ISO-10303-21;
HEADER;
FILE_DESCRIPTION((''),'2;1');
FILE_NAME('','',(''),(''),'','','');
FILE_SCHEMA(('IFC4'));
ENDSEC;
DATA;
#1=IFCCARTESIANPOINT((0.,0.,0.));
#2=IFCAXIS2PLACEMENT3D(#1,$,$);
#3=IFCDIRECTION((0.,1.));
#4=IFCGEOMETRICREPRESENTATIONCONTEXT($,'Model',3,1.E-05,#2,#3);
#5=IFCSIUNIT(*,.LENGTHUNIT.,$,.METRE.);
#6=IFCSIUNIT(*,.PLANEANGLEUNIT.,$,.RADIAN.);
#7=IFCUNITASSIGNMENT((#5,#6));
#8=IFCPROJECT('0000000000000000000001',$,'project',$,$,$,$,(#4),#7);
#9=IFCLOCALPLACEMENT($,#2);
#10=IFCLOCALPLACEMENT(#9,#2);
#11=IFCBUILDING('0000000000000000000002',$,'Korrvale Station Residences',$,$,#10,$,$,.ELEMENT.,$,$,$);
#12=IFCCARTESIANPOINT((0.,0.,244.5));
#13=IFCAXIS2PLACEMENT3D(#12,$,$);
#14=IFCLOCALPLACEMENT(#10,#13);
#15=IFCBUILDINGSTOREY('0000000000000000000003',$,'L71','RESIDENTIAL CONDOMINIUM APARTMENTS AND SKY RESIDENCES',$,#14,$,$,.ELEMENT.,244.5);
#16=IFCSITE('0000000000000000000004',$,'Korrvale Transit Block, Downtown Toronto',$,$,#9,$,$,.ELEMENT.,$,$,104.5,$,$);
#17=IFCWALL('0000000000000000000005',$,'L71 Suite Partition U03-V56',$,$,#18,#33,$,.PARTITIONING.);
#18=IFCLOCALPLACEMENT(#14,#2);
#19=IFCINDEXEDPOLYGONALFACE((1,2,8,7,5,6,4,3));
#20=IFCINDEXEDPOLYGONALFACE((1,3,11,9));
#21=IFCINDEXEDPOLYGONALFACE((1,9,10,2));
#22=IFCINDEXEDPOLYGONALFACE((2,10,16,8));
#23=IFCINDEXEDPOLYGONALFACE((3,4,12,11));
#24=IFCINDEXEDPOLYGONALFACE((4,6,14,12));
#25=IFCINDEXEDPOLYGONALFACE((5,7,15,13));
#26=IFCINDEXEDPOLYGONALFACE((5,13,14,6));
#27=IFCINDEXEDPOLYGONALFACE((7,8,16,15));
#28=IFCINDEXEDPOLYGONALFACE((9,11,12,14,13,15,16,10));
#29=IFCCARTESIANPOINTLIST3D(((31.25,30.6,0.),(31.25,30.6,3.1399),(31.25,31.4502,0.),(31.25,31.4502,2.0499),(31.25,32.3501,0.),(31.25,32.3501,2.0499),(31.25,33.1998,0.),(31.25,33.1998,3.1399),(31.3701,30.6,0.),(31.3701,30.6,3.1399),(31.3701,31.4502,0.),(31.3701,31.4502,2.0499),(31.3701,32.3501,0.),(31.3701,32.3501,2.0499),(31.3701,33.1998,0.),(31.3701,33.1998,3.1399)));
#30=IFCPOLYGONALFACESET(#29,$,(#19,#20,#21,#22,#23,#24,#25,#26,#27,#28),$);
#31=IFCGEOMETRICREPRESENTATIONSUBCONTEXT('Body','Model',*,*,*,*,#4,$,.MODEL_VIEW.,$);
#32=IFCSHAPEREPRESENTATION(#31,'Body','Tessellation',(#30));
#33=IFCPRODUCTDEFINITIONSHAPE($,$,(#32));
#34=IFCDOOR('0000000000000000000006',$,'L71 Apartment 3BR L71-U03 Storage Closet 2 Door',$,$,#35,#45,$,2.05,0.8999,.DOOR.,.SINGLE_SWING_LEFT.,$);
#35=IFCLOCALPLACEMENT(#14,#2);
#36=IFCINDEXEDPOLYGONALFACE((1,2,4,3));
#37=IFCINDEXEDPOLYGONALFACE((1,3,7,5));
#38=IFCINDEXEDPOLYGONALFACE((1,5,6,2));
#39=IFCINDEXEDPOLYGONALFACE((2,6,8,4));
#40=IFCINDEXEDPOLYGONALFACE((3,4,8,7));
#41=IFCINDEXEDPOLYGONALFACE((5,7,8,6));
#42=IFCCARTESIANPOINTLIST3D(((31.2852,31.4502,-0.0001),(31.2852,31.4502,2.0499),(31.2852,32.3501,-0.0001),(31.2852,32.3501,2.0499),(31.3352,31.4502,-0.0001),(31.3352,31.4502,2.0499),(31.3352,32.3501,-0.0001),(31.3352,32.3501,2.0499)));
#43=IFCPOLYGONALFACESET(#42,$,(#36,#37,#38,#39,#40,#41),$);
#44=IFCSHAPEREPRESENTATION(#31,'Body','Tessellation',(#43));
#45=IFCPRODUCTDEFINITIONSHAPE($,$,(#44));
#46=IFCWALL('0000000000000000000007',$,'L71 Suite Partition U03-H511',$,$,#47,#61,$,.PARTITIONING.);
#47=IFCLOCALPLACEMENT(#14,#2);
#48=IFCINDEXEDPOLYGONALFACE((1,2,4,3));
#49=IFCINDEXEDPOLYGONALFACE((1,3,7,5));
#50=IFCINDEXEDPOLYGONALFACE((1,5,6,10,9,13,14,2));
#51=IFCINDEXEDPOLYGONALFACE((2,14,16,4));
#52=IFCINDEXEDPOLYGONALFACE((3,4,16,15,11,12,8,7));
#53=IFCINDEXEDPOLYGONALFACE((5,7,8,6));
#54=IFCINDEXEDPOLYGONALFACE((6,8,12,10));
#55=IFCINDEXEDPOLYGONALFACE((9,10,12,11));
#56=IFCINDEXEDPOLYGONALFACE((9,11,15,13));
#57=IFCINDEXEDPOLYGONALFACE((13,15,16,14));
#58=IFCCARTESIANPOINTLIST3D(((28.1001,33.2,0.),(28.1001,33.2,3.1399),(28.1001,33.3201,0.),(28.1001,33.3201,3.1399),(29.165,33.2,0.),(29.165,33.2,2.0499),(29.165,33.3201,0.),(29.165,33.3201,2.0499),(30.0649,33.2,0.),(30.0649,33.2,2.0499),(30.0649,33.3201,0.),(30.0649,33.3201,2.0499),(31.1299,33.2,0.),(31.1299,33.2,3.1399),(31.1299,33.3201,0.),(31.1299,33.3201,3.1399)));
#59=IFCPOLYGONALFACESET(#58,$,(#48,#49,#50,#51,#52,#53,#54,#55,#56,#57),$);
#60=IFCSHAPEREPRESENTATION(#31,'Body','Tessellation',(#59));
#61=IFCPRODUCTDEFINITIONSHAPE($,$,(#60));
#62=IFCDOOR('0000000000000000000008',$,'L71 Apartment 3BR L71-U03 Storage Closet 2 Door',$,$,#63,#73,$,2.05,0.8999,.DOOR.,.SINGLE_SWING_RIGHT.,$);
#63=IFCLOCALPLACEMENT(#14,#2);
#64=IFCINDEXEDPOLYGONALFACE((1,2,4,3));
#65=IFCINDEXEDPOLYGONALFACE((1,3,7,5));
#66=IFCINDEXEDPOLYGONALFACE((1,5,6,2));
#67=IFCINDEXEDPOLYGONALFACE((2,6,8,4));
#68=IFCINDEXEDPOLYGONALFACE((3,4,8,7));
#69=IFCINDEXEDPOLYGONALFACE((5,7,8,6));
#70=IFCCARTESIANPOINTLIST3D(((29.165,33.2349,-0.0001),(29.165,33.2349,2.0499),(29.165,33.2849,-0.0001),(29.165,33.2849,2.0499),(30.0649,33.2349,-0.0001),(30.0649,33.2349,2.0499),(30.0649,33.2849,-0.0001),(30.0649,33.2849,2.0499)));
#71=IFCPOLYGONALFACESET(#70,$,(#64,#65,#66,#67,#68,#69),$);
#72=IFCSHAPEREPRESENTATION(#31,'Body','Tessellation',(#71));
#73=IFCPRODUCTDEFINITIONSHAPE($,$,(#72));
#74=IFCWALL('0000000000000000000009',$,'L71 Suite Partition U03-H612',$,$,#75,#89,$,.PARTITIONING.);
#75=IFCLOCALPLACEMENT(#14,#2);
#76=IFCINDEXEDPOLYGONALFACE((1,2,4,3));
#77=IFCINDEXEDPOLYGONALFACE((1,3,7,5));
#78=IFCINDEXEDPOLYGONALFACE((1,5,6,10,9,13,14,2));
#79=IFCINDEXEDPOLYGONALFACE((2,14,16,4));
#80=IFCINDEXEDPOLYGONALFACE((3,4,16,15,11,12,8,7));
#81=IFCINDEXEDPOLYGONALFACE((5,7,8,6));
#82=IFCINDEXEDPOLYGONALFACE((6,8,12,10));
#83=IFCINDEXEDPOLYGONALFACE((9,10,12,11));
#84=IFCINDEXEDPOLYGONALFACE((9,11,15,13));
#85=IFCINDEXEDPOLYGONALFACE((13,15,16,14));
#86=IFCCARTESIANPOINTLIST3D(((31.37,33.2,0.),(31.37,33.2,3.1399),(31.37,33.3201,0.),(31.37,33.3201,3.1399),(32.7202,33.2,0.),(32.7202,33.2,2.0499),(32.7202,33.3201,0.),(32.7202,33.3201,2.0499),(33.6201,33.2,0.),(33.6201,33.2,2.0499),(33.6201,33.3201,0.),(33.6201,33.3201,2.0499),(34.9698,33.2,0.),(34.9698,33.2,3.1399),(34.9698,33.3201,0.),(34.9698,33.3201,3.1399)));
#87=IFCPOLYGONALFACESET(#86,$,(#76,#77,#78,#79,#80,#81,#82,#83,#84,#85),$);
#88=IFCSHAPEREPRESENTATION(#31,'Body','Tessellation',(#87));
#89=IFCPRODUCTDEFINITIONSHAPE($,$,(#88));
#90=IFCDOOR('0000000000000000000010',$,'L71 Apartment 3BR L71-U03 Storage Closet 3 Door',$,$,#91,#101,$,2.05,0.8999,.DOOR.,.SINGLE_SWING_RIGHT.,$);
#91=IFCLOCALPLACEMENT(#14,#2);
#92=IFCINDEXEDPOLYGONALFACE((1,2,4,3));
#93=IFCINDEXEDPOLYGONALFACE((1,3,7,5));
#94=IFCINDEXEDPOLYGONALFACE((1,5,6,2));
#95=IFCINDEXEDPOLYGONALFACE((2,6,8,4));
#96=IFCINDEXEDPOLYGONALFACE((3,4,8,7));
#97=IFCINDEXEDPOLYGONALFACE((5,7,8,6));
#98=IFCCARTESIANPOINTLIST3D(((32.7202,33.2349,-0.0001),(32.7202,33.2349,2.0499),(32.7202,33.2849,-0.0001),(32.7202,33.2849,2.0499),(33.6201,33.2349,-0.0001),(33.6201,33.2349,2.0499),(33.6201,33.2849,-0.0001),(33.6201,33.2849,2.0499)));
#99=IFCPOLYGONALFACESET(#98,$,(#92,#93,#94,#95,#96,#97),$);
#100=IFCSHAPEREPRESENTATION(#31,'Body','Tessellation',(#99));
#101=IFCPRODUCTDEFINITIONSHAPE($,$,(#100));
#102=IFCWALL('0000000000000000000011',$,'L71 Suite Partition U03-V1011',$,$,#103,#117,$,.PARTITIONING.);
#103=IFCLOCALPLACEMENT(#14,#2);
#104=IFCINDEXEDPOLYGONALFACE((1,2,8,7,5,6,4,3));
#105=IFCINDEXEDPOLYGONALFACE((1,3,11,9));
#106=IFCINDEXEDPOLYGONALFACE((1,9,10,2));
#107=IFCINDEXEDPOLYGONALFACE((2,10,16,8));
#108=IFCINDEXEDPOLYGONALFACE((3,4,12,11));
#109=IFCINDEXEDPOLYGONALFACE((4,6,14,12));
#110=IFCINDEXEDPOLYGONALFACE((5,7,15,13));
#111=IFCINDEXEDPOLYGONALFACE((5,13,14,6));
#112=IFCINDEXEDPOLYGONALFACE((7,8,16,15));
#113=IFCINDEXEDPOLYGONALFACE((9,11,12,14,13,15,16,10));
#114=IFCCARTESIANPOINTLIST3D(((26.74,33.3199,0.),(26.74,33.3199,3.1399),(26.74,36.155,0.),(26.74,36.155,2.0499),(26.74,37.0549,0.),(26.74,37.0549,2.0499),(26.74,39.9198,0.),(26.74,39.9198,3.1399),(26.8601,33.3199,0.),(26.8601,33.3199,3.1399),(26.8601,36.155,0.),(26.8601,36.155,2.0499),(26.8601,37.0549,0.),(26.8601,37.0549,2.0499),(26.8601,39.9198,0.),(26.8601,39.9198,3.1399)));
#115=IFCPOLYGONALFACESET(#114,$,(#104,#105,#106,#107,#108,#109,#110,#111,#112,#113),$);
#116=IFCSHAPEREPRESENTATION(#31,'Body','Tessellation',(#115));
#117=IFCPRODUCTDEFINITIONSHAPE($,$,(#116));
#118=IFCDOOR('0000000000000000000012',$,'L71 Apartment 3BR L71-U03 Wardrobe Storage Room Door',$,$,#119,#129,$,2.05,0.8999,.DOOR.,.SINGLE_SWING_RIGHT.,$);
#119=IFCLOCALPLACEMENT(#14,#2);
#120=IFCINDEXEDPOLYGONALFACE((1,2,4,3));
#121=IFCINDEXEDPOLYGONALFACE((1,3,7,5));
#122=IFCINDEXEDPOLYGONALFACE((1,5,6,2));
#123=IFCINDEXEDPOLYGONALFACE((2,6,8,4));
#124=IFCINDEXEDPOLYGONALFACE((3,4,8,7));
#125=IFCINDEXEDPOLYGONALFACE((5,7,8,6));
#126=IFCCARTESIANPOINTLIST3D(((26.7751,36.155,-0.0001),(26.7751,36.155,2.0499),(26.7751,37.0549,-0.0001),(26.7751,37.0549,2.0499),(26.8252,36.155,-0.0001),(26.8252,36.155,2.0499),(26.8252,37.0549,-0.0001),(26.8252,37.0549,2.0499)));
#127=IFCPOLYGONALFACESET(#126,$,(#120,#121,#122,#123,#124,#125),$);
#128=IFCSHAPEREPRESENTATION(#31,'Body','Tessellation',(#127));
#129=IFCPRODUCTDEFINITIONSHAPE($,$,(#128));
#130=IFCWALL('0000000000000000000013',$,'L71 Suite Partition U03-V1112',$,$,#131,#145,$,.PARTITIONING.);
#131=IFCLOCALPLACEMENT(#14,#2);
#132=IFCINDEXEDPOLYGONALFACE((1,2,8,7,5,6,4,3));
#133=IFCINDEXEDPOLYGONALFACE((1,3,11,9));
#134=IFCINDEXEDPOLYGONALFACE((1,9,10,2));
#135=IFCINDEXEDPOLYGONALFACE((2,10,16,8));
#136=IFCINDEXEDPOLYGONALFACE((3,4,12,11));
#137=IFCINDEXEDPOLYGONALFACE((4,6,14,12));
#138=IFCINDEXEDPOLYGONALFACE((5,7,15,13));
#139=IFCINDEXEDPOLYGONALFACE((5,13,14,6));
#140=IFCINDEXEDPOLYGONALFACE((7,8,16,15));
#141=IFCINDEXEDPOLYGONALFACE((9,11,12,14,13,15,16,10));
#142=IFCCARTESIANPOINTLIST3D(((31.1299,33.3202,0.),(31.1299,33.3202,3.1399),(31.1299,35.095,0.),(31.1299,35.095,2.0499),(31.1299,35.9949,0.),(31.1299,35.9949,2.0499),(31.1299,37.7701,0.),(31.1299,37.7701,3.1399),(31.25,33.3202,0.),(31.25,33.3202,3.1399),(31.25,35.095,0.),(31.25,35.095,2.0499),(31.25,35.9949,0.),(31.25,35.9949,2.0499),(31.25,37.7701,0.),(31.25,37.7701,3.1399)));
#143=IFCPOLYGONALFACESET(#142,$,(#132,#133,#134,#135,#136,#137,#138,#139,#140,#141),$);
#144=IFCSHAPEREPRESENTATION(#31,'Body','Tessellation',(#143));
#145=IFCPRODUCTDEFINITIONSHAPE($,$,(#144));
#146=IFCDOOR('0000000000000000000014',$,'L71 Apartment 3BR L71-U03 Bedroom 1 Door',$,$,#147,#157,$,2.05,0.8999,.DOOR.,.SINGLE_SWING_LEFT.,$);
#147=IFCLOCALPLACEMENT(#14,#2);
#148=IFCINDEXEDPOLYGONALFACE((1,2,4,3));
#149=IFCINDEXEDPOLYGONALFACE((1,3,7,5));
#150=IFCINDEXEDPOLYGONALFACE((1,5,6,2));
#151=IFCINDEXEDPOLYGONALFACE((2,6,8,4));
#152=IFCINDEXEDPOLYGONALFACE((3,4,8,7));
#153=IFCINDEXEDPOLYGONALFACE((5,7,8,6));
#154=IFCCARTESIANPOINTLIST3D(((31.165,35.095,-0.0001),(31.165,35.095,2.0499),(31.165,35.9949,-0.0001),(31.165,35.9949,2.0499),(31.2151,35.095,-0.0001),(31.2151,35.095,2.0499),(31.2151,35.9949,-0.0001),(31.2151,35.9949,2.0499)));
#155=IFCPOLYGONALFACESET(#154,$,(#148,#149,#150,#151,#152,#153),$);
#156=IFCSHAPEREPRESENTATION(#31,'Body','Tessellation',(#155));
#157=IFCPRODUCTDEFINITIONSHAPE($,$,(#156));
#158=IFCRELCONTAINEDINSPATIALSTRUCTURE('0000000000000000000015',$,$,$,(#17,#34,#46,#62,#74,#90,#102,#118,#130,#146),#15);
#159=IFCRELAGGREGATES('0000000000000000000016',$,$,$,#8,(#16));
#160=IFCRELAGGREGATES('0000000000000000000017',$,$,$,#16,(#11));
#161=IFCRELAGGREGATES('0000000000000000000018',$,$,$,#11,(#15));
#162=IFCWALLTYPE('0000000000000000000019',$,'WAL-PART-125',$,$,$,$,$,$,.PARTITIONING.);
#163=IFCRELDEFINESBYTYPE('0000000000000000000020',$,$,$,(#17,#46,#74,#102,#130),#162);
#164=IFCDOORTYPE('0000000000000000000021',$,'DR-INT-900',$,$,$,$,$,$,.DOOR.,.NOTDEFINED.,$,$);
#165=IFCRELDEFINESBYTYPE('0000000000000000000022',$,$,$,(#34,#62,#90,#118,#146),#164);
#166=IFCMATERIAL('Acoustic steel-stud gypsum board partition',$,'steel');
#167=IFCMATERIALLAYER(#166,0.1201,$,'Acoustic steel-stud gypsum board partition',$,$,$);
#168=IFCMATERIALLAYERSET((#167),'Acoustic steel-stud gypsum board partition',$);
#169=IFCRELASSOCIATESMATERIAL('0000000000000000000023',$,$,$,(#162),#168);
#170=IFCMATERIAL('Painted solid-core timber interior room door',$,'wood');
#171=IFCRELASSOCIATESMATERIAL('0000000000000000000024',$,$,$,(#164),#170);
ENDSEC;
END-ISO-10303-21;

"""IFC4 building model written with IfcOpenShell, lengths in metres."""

from ifc_helpers import new_model, si_unit, direction, frame, frame_2d, origin, place, context, subcontext, project, spatial, rectangle, extrude, material, layer, layer_set, type_object, element, fill, save


model = new_model("IFC4")

# Units and contexts
model_context = context("Model", 3, precision=1e-05, world=origin(), true_north=direction((0.0, 1.0)))
body_context = subcontext(model_context, "Body", "Model", "MODEL_VIEW")
ifc_project = project(units=[si_unit("LENGTHUNIT", "METRE"), si_unit("PLANEANGLEUNIT", "RADIAN")], contexts=[model_context])

# Site, building, storey
site_placement = place(None, origin())
site = spatial("IfcSite", under=ifc_project, at=site_placement, Name="Korrvale Transit Block, Downtown Toronto", CompositionType="ELEMENT", RefElevation=104.5)
building_placement = place(site_placement, origin())
building = spatial("IfcBuilding", under=site, at=building_placement, Name="Korrvale Station Residences", CompositionType="ELEMENT")
storey_placement = place(building_placement, frame((0.0, 0.0, 244.5)))
storey = spatial("IfcBuildingStorey", under=building, at=storey_placement, Name="L71", Description="RESIDENTIAL CONDOMINIUM APARTMENTS AND SKY RESIDENCES", CompositionType="ELEMENT", Elevation=244.5)

# Walls, openings, doors
ifc_material_1 = material(Name="Acoustic steel-stud gypsum board partition", Category="steel")
ifc_layer_1 = layer(ifc_material_1, 0.1201, Name="Acoustic steel-stud gypsum board partition")
ifc_layer_set_1 = layer_set([ifc_layer_1], Name="Acoustic steel-stud gypsum board partition")
wall_type_1 = type_object("IfcWallType", Name="WAL-PART-125", PredefinedType="PARTITIONING", material=ifc_layer_set_1)
ifc_material_2 = material(Name="Painted solid-core timber interior room door", Category="wood")
door_type_1 = type_object("IfcDoorType", Name="DR-INT-900", OperationType="NOTDEFINED", PredefinedType="DOOR", material=ifc_material_2)
wall_1_placement = place(storey_placement, frame((31.3101, 30.6001, 0.0), z_axis=(0.0, 0.0, 1.0), x_axis=(0.0, 1.0, 0.0)))
wall_1 = element("IfcWall", 1, at=wall_1_placement, inside=storey, type_object=wall_type_1, Name="L71 Suite Partition U03-V56", PredefinedType="PARTITIONING", context=body_context, shape_type="SweptSolid", body=[
    extrude(rectangle(XDim=2.5999, YDim=0.1201, at=frame_2d((1.2998, 0.0))), origin(), (0.0, 0.0, 1.0), 3.1399),
])
opening_1_placement = place(wall_1_placement, frame((0.8501, 0.0, 0.0)))
opening_1 = element("IfcOpeningElement", 2, at=opening_1_placement, cuts=wall_1, PredefinedType="OPENING", context=body_context, shape_type="SweptSolid", body=[
    extrude(rectangle(XDim=0.8999, YDim=2.05, at=frame_2d((0.45, 1.0249))), frame((0.0, 0.0701, 0.0), z_axis=(0.0, -1.0, 0.0), x_axis=(1.0, 0.0, 0.0)), (0.0, 0.0, 1.0), 0.1401),
])
door_1_placement = place(opening_1_placement, origin())
door_1 = element("IfcDoor", 3, at=door_1_placement, inside=storey, type_object=door_type_1, Name="L71 Apartment 3BR L71-U03 Storage Closet 2 Door", OperationType="SINGLE_SWING_LEFT", OverallHeight=2.05, OverallWidth=0.8999, PredefinedType="DOOR", context=body_context, shape_type="SweptSolid", body=[
    extrude(rectangle(XDim=0.8999, YDim=2.05, at=frame_2d((0.45, 1.0249))), frame((0.0, 0.0249, 0.0), z_axis=(0.0, -1.0, 0.0), x_axis=(1.0, 0.0, 0.0)), (0.0, 0.0, 1.0), 0.05),
])
fill(opening_1, door_1)
wall_2_placement = place(storey_placement, frame((28.1001, 33.26, 0.0), z_axis=(0.0, 0.0, 1.0), x_axis=(1.0, 0.0, 0.0)))
wall_2 = element("IfcWall", 4, at=wall_2_placement, inside=storey, type_object=wall_type_1, Name="L71 Suite Partition U03-H511", PredefinedType="PARTITIONING", context=body_context, shape_type="SweptSolid", body=[
    extrude(rectangle(XDim=3.0298, YDim=0.1201, at=frame_2d((1.5149, 0.0))), origin(), (0.0, 0.0, 1.0), 3.1399),
])
opening_2_placement = place(wall_2_placement, frame((1.0649, 0.0, 0.0)))
opening_2 = element("IfcOpeningElement", 5, at=opening_2_placement, cuts=wall_2, PredefinedType="OPENING", context=body_context, shape_type="SweptSolid", body=[
    extrude(rectangle(XDim=0.8999, YDim=2.05, at=frame_2d((0.45, 1.0249))), frame((0.0, 0.0701, 0.0), z_axis=(0.0, -1.0, 0.0), x_axis=(1.0, 0.0, 0.0)), (0.0, 0.0, 1.0), 0.1401),
])
door_2_placement = place(opening_2_placement, origin())
door_2 = element("IfcDoor", 6, at=door_2_placement, inside=storey, type_object=door_type_1, Name="L71 Apartment 3BR L71-U03 Storage Closet 2 Door", OperationType="SINGLE_SWING_RIGHT", OverallHeight=2.05, OverallWidth=0.8999, PredefinedType="DOOR", context=body_context, shape_type="SweptSolid", body=[
    extrude(rectangle(XDim=0.8999, YDim=2.05, at=frame_2d((0.45, 1.0249))), frame((0.0, 0.0249, 0.0), z_axis=(0.0, -1.0, 0.0), x_axis=(1.0, 0.0, 0.0)), (0.0, 0.0, 1.0), 0.05),
])
fill(opening_2, door_2)
wall_3_placement = place(storey_placement, frame((31.3701, 33.26, 0.0), z_axis=(0.0, 0.0, 1.0), x_axis=(1.0, 0.0, 0.0)))
wall_3 = element("IfcWall", 7, at=wall_3_placement, inside=storey, type_object=wall_type_1, Name="L71 Suite Partition U03-H612", PredefinedType="PARTITIONING", context=body_context, shape_type="SweptSolid", body=[
    extrude(rectangle(XDim=3.5999, YDim=0.1201, at=frame_2d((1.7998, 0.0))), origin(), (0.0, 0.0, 1.0), 3.1399),
])
opening_3_placement = place(wall_3_placement, frame((1.3501, 0.0, 0.0)))
opening_3 = element("IfcOpeningElement", 8, at=opening_3_placement, cuts=wall_3, PredefinedType="OPENING", context=body_context, shape_type="SweptSolid", body=[
    extrude(rectangle(XDim=0.8999, YDim=2.05, at=frame_2d((0.45, 1.0249))), frame((0.0, 0.0701, 0.0), z_axis=(0.0, -1.0, 0.0), x_axis=(1.0, 0.0, 0.0)), (0.0, 0.0, 1.0), 0.1401),
])
door_3_placement = place(opening_3_placement, origin())
door_3 = element("IfcDoor", 9, at=door_3_placement, inside=storey, type_object=door_type_1, Name="L71 Apartment 3BR L71-U03 Storage Closet 3 Door", OperationType="SINGLE_SWING_RIGHT", OverallHeight=2.05, OverallWidth=0.8999, PredefinedType="DOOR", context=body_context, shape_type="SweptSolid", body=[
    extrude(rectangle(XDim=0.8999, YDim=2.05, at=frame_2d((0.45, 1.0249))), frame((0.0, 0.0249, 0.0), z_axis=(0.0, -1.0, 0.0), x_axis=(1.0, 0.0, 0.0)), (0.0, 0.0, 1.0), 0.05),
])
fill(opening_3, door_3)
wall_4_placement = place(storey_placement, frame((26.8, 33.3201, 0.0), z_axis=(0.0, 0.0, 1.0), x_axis=(0.0, 1.0, 0.0)))
wall_4 = element("IfcWall", 10, at=wall_4_placement, inside=storey, type_object=wall_type_1, Name="L71 Suite Partition U03-V1011", PredefinedType="PARTITIONING", context=body_context, shape_type="SweptSolid", body=[
    extrude(rectangle(XDim=6.5999, YDim=0.1201, at=frame_2d((3.2998, 0.0))), origin(), (0.0, 0.0, 1.0), 3.1399),
])
opening_4_placement = place(wall_4_placement, frame((2.835, 0.0, 0.0)))
opening_4 = element("IfcOpeningElement", 11, at=opening_4_placement, cuts=wall_4, PredefinedType="OPENING", context=body_context, shape_type="SweptSolid", body=[
    extrude(rectangle(XDim=0.8999, YDim=2.05, at=frame_2d((0.45, 1.0249))), frame((0.0, 0.0701, 0.0), z_axis=(0.0, -1.0, 0.0), x_axis=(1.0, 0.0, 0.0)), (0.0, 0.0, 1.0), 0.1401),
])
door_4_placement = place(opening_4_placement, origin())
door_4 = element("IfcDoor", 12, at=door_4_placement, inside=storey, type_object=door_type_1, Name="L71 Apartment 3BR L71-U03 Wardrobe Storage Room Door", OperationType="SINGLE_SWING_RIGHT", OverallHeight=2.05, OverallWidth=0.8999, PredefinedType="DOOR", context=body_context, shape_type="SweptSolid", body=[
    extrude(rectangle(XDim=0.8999, YDim=2.05, at=frame_2d((0.45, 1.0249))), frame((0.0, 0.0249, 0.0), z_axis=(0.0, -1.0, 0.0), x_axis=(1.0, 0.0, 0.0)), (0.0, 0.0, 1.0), 0.05),
])
fill(opening_4, door_4)
wall_5_placement = place(storey_placement, frame((31.1899, 33.3201, 0.0), z_axis=(0.0, 0.0, 1.0), x_axis=(0.0, 1.0, 0.0)))
wall_5 = element("IfcWall", 13, at=wall_5_placement, inside=storey, type_object=wall_type_1, Name="L71 Suite Partition U03-V1112", PredefinedType="PARTITIONING", context=body_context, shape_type="SweptSolid", body=[
    extrude(rectangle(XDim=4.45, YDim=0.1201, at=frame_2d((2.2251, 0.0))), origin(), (0.0, 0.0, 1.0), 3.1399),
])
opening_5_placement = place(wall_5_placement, frame((1.7749, 0.0, 0.0)))
opening_5 = element("IfcOpeningElement", 14, at=opening_5_placement, cuts=wall_5, PredefinedType="OPENING", context=body_context, shape_type="SweptSolid", body=[
    extrude(rectangle(XDim=0.8999, YDim=2.05, at=frame_2d((0.45, 1.0249))), frame((0.0, 0.0701, 0.0), z_axis=(0.0, -1.0, 0.0), x_axis=(1.0, 0.0, 0.0)), (0.0, 0.0, 1.0), 0.1401),
])
door_5_placement = place(opening_5_placement, origin())
door_5 = element("IfcDoor", 15, at=door_5_placement, inside=storey, type_object=door_type_1, Name="L71 Apartment 3BR L71-U03 Bedroom 1 Door", OperationType="SINGLE_SWING_LEFT", OverallHeight=2.05, OverallWidth=0.8999, PredefinedType="DOOR", context=body_context, shape_type="SweptSolid", body=[
    extrude(rectangle(XDim=0.8999, YDim=2.05, at=frame_2d((0.45, 1.0249))), frame((0.0, 0.0249, 0.0), z_axis=(0.0, -1.0, 0.0), x_axis=(1.0, 0.0, 0.0)), (0.0, 0.0, 1.0), 0.05),
])
fill(opening_5, door_5)

save(model, "model.ifc")
